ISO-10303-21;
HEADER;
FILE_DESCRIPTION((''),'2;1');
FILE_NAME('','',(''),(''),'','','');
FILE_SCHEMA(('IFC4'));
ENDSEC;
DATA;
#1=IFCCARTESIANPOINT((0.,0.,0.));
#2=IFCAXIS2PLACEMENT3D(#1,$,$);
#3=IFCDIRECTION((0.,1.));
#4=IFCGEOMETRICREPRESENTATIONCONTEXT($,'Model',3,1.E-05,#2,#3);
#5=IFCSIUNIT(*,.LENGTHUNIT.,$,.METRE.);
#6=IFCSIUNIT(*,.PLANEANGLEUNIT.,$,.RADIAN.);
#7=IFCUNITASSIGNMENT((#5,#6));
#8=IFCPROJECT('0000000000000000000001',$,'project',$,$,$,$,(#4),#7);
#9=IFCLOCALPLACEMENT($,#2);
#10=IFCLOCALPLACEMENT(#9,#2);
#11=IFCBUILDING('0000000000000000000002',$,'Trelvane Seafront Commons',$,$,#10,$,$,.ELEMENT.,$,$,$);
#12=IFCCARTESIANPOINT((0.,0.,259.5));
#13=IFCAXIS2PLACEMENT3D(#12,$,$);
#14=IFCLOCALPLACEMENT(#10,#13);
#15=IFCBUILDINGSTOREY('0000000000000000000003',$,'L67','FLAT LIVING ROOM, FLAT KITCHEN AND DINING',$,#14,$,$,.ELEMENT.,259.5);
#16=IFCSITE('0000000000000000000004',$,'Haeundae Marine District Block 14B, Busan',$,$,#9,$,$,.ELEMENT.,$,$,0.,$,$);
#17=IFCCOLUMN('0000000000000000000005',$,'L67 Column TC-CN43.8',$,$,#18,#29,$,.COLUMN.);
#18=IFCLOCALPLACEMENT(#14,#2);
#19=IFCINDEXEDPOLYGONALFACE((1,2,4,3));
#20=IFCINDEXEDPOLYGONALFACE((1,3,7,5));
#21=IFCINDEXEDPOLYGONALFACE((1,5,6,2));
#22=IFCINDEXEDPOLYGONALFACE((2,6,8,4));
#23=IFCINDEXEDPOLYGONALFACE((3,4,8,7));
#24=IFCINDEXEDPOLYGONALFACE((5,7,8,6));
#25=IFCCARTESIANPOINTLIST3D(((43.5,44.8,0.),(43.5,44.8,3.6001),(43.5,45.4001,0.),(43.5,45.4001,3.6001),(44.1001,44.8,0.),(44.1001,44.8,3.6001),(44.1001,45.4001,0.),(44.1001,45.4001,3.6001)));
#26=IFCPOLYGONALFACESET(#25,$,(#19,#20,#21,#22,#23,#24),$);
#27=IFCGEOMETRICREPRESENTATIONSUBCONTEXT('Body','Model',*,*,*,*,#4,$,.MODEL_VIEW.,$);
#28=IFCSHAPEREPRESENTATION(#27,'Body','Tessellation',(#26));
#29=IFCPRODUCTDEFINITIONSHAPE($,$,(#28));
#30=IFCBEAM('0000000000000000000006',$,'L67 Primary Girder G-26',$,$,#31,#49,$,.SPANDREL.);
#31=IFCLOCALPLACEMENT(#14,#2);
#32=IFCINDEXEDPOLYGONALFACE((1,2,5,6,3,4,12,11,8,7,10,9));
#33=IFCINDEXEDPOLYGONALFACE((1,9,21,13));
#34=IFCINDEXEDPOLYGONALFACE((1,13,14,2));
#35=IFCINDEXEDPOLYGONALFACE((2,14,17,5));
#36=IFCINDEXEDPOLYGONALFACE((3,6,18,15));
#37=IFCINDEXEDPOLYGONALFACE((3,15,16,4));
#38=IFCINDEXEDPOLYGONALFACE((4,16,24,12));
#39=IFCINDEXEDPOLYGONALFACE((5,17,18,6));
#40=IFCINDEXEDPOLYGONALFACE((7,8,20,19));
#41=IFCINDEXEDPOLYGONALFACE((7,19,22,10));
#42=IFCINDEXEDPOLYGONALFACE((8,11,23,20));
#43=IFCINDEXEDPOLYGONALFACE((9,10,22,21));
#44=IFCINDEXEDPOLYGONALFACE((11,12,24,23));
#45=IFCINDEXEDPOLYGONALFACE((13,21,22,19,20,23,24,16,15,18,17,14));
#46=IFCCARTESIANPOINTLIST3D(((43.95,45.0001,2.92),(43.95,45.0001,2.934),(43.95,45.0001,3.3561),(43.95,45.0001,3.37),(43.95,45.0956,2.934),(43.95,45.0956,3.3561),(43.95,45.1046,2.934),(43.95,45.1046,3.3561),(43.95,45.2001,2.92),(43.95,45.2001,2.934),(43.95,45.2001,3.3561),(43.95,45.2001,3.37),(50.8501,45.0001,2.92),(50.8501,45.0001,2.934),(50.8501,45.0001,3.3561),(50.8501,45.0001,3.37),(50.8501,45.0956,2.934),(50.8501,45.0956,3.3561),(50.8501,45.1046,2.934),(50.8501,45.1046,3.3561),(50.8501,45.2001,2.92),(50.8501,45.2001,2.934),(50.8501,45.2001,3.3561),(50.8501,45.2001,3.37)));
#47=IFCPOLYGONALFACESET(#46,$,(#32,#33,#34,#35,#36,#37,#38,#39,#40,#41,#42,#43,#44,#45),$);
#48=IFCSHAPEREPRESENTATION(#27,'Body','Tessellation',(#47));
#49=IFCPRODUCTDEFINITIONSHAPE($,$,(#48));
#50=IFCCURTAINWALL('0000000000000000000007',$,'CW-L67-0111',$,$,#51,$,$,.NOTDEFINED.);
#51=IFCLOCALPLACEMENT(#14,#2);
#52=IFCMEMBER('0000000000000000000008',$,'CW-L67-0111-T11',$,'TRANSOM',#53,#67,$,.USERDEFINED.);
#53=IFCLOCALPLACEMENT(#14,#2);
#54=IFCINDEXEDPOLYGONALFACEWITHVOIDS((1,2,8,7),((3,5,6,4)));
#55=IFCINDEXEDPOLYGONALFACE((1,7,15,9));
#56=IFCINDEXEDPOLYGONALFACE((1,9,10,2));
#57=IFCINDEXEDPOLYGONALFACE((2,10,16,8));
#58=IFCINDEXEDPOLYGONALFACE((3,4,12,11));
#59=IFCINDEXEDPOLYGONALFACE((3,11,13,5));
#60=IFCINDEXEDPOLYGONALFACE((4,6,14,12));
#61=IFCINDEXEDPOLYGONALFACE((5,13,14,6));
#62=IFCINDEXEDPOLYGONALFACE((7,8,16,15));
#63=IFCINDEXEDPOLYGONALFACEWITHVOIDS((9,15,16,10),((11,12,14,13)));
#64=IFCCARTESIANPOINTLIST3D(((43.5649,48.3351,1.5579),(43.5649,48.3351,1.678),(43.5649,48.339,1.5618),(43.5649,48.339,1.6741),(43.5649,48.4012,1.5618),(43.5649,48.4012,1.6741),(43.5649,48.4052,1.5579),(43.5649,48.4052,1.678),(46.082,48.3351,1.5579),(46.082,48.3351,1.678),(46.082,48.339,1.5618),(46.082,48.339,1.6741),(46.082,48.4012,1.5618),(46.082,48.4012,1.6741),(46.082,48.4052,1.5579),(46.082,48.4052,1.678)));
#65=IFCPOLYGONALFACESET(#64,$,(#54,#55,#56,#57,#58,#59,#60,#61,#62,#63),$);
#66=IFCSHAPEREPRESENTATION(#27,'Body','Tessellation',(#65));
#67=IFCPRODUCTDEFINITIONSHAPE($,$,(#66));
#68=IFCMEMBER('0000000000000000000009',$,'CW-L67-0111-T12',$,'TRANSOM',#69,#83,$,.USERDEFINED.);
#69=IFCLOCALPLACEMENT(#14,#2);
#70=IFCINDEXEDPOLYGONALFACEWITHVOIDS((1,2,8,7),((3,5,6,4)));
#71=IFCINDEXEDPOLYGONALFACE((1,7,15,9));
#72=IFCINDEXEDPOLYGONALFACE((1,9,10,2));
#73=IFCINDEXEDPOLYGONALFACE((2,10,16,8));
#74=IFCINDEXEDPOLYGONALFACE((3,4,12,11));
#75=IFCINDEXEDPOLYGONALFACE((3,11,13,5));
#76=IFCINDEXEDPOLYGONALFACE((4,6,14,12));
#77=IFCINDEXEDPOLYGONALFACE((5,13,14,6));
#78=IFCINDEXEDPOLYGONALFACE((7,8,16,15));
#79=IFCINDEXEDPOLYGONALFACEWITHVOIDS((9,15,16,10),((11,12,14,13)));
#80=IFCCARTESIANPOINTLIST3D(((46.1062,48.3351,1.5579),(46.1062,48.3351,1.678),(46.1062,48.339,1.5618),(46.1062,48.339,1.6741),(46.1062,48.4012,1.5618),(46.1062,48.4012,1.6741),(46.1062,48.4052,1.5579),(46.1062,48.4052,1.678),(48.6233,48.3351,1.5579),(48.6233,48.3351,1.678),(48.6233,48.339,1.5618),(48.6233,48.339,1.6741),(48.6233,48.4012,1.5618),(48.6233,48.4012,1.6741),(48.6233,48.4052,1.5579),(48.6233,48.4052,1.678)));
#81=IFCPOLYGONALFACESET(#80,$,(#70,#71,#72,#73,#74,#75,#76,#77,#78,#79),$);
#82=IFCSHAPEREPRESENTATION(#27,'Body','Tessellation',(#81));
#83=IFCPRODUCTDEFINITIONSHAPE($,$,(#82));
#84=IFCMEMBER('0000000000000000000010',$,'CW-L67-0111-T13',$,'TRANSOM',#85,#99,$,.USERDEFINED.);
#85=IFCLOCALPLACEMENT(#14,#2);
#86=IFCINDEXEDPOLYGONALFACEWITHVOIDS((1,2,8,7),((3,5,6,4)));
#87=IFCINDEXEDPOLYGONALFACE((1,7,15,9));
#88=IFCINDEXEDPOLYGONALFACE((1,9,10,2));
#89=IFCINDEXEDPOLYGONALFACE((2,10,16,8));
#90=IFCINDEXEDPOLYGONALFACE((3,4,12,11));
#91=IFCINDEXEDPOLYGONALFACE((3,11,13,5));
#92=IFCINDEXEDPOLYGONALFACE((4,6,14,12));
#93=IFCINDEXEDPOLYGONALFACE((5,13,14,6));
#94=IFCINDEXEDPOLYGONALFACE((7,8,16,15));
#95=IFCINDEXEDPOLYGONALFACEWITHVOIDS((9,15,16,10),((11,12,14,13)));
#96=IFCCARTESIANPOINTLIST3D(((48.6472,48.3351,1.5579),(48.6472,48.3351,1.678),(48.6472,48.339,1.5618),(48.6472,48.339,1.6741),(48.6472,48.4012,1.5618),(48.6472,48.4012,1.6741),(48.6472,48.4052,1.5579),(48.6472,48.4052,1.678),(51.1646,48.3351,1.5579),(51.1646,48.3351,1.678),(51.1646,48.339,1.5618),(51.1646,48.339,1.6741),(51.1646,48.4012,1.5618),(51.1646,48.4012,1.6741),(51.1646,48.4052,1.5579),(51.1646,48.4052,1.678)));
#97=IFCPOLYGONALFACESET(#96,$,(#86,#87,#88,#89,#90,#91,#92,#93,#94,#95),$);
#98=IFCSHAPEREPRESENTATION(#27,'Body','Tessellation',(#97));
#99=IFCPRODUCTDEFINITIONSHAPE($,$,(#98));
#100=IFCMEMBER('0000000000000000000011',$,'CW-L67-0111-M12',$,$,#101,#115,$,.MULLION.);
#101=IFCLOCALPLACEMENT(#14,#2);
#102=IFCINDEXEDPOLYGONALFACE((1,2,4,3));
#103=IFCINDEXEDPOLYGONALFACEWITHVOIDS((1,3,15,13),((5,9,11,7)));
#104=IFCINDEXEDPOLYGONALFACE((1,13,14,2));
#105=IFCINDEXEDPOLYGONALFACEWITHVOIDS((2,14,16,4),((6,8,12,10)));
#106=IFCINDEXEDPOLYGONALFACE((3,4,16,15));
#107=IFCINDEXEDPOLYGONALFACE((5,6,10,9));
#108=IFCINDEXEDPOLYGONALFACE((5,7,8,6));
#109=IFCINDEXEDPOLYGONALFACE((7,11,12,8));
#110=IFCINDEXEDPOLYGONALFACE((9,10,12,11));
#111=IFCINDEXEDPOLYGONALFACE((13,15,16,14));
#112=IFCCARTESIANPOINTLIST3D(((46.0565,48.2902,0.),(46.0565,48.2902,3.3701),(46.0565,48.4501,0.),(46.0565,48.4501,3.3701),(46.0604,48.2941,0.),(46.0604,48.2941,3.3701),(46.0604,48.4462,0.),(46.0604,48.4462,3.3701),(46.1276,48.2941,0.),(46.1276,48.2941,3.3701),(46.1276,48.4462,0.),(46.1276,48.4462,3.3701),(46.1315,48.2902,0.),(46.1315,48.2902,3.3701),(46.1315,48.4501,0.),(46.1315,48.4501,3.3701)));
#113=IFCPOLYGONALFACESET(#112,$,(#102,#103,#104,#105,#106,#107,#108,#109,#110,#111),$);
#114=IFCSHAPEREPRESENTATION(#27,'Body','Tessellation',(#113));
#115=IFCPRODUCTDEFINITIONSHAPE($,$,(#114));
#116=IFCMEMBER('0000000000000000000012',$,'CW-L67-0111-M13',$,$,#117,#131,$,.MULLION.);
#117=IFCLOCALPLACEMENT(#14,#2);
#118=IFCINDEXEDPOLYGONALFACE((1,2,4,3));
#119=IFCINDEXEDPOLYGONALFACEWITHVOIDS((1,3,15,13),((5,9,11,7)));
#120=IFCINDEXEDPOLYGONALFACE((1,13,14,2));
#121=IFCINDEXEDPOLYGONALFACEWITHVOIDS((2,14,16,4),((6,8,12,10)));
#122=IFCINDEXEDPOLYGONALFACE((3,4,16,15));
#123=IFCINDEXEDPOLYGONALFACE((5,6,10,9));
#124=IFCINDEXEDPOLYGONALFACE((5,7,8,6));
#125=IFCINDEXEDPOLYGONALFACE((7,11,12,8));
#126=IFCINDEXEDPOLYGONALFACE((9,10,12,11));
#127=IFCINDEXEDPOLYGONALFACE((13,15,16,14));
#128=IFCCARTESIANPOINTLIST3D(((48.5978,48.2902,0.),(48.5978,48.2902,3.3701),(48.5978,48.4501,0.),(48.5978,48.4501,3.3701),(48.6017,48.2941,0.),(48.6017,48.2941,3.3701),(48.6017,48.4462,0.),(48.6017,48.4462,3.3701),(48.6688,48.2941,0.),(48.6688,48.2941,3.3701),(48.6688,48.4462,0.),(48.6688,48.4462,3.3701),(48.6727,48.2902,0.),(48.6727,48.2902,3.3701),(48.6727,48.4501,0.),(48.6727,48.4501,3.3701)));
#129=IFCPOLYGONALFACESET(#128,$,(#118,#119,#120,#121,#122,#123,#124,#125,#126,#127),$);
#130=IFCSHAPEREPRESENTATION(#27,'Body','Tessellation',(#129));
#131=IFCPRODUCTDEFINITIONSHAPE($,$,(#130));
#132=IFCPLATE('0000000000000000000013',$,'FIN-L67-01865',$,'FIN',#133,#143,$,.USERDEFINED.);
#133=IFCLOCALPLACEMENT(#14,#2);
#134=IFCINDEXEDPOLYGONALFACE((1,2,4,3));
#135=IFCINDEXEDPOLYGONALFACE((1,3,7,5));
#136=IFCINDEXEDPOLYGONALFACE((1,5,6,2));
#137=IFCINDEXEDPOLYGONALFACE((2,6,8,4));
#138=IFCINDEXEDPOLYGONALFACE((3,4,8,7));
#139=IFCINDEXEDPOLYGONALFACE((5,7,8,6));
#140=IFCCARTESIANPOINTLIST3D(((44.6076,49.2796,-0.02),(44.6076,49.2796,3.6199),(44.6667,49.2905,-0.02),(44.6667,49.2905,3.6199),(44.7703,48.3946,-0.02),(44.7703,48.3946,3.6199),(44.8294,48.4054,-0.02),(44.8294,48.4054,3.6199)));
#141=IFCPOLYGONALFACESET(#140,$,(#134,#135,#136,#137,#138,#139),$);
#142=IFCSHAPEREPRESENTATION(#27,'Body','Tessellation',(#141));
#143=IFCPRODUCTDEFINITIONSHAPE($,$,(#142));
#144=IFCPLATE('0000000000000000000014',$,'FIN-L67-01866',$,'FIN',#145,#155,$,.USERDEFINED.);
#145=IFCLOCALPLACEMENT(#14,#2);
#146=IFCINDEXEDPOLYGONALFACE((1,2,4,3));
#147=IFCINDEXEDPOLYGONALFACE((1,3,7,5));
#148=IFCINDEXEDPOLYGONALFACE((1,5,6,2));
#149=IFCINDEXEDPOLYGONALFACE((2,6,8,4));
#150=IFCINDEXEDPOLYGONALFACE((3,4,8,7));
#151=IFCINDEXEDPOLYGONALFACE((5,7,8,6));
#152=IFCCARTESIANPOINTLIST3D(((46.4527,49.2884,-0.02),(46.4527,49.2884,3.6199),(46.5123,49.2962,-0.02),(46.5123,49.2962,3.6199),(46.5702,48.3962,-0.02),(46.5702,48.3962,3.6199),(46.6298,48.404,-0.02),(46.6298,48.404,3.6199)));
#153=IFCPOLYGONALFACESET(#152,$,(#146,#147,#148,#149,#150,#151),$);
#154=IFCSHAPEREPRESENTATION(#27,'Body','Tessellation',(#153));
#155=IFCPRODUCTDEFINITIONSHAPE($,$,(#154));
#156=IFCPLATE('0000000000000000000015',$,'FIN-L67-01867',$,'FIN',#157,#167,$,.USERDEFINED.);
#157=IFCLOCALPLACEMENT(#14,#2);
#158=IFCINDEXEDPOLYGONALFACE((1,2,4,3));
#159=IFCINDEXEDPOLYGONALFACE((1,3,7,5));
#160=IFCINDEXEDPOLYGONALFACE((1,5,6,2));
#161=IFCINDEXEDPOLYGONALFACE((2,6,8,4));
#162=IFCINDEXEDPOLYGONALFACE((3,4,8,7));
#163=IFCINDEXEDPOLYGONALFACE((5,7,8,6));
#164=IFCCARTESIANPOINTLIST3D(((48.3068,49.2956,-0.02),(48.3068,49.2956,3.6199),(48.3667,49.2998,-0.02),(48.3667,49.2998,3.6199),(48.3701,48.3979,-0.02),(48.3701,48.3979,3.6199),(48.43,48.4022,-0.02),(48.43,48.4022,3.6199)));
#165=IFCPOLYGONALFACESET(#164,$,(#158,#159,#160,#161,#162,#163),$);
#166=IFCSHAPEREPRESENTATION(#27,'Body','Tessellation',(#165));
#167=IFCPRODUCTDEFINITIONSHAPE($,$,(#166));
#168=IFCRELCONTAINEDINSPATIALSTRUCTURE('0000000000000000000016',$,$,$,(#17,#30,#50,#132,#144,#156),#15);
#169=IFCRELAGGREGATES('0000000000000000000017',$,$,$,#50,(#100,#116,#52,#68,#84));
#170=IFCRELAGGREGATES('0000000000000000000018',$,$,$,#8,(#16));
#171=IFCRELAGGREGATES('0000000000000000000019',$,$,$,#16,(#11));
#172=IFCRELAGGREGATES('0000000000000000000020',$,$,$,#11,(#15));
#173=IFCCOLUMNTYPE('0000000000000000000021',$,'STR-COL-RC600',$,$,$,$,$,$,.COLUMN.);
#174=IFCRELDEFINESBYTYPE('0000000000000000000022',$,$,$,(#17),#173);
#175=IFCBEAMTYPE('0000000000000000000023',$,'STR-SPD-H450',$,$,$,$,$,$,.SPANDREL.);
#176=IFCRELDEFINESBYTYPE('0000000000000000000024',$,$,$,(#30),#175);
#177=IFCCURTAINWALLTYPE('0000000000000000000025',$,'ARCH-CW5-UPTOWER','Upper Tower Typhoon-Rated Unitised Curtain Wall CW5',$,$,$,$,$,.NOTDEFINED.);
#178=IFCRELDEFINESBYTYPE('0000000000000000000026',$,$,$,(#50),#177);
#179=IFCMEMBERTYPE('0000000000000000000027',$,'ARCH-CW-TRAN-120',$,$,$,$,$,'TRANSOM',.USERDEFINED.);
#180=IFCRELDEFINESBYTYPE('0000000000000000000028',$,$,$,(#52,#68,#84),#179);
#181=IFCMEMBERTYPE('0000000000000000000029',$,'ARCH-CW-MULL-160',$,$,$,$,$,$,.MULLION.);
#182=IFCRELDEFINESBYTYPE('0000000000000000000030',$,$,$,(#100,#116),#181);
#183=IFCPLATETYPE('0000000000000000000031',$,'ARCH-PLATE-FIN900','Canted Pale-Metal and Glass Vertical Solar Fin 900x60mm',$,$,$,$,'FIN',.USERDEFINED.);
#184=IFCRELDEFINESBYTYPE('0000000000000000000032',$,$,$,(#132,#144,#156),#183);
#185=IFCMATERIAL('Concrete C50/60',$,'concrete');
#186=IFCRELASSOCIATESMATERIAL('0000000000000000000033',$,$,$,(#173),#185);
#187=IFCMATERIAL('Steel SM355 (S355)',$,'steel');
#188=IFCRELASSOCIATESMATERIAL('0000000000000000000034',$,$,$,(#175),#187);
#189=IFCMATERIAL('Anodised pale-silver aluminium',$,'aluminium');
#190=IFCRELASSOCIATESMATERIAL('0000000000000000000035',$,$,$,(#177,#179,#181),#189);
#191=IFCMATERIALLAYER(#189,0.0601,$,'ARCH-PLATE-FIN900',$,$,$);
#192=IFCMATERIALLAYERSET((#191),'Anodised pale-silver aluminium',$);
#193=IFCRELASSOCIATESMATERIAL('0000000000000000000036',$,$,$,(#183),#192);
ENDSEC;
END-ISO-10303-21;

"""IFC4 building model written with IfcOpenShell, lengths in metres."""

from ifc_helpers import new_model, si_unit, direction, frame, origin, origin_2d, place, context, subcontext, project, spatial, rectangle, hollow_rectangle, i_section, extrude, source, transform, mapped, material, layer, layer_set, material_profile, profile_set, type_object, element, aggregate, save


model = new_model("IFC4")

# Units and contexts
model_context = context("Model", 3, precision=1e-05, world=origin(), true_north=direction((0.0, 1.0)))
body_context = subcontext(model_context, "Body", "Model", "MODEL_VIEW")
ifc_project = project(units=[si_unit("LENGTHUNIT", "METRE"), si_unit("PLANEANGLEUNIT", "RADIAN")], contexts=[model_context])

# Site, building, storey
site_placement = place(None, origin())
site = spatial("IfcSite", under=ifc_project, at=site_placement, Name="Haeundae Marine District Block 14B, Busan", CompositionType="ELEMENT", RefElevation=0.0)
building_placement = place(site_placement, origin())
building = spatial("IfcBuilding", under=site, at=building_placement, Name="Trelvane Seafront Commons", CompositionType="ELEMENT")
storey_placement = place(building_placement, frame((0.0, 0.0, 259.5)))
storey = spatial("IfcBuildingStorey", under=building, at=storey_placement, Name="L67", Description="FLAT LIVING ROOM, FLAT KITCHEN AND DINING", CompositionType="ELEMENT", Elevation=259.5)

# Column
ifc_material_1 = material(Name="Concrete C50/60", Category="concrete")
ifc_material_profile_1 = material_profile(ifc_material_1, rectangle(XDim=0.6001, YDim=0.6001, at=origin_2d()), Name="RC-600x600")
ifc_profile_set_1 = profile_set([ifc_material_profile_1], Name="Concrete C50/60")
column_type = type_object("IfcColumnType", Name="STR-COL-RC600", PredefinedType="COLUMN", material=ifc_profile_set_1)
shared_shape_1 = source(origin(), body_context, "Body", "SweptSolid", [
    extrude(rectangle(XDim=0.6001, YDim=0.6001, at=origin_2d()), origin(), (0.0, 0.0, 1.0), 3.6001),
])
column_placement = place(storey_placement, frame((43.8, 45.1001, 0.0), z_axis=(0.0, 0.0, 1.0), x_axis=(1.0, 0.0, 0.0)))
element("IfcColumn", 1, at=column_placement, inside=storey, type_object=column_type, Name="L67 Column TC-CN43.8", PredefinedType="COLUMN", context=body_context, shape_type="MappedRepresentation", body=[
    mapped(shared_shape_1, transform((0.0, 0.0, 0.0), x_axis=(1.0, 0.0, 0.0), y_axis=(0.0, 1.0, 0.0), z_axis=(0.0, 0.0, 1.0), scale=1.0)),
])

# Beam
ifc_material_2 = material(Name="Steel SM355 (S355)", Category="steel")
ifc_material_profile_2 = material_profile(ifc_material_2, i_section(OverallWidth=0.2, OverallDepth=0.45, WebThickness=0.009, FlangeThickness=0.0139, at=origin_2d()), Name="H-450x200x9x14")
ifc_profile_set_2 = profile_set([ifc_material_profile_2], Name="Steel SM355 (S355)")
beam_type = type_object("IfcBeamType", Name="STR-SPD-H450", PredefinedType="SPANDREL", material=ifc_profile_set_2)
shared_shape_2 = source(origin(), body_context, "Body", "SweptSolid", [
    extrude(i_section(OverallWidth=0.2, OverallDepth=0.45, WebThickness=0.009, FlangeThickness=0.0139, at=origin_2d()), origin(), (0.0, 0.0, 1.0), 6.9001),
])
beam_placement = place(storey_placement, frame((43.95, 45.1001, 3.145), z_axis=(1.0, 0.0, 0.0), x_axis=(0.0, 1.0, 0.0)))
element("IfcBeam", 2, at=beam_placement, inside=storey, type_object=beam_type, Name="L67 Primary Girder G-26", PredefinedType="SPANDREL", context=body_context, shape_type="MappedRepresentation", body=[
    mapped(shared_shape_2, transform((0.0, 0.0, 0.0), x_axis=(1.0, 0.0, 0.0), y_axis=(0.0, 1.0, 0.0), z_axis=(0.0, 0.0, 1.0), scale=1.0)),
])

# Curtain wall, members
ifc_material_3 = material(Name="Anodised pale-silver aluminium", Category="aluminium")
curtain_wall_type = type_object("IfcCurtainWallType", Name="ARCH-CW5-UPTOWER", Description="Upper Tower Typhoon-Rated Unitised Curtain Wall CW5", PredefinedType="NOTDEFINED", material=ifc_material_3)
curtain_wall_placement = place(storey_placement, origin())
curtain_wall = element("IfcCurtainWall", 3, at=curtain_wall_placement, inside=storey, type_object=curtain_wall_type, Name="CW-L67-0111", PredefinedType="NOTDEFINED")
ifc_material_profile_3 = material_profile(ifc_material_3, hollow_rectangle(XDim=0.0701, YDim=0.1201, WallThickness=0.0039, at=origin_2d()), Name="TRAN-70x120x4")
ifc_profile_set_3 = profile_set([ifc_material_profile_3], Name="Anodised pale-silver aluminium")
member_type_1 = type_object("IfcMemberType", Name="ARCH-CW-TRAN-120", ElementType="TRANSOM", PredefinedType="USERDEFINED", material=ifc_profile_set_3)
shared_shape_3 = source(origin(), body_context, "Body", "SweptSolid", [
    extrude(hollow_rectangle(XDim=0.0701, YDim=0.1201, WallThickness=0.0039, at=origin_2d()), origin(), (0.0, 0.0, 1.0), 2.5171),
])
member_1_placement = place(storey_placement, frame((43.5649, 48.3701, 1.6179), z_axis=(1.0, 0.0, 0.0), x_axis=(0.0, 1.0, 0.0)))
member_1 = element("IfcMember", 4, at=member_1_placement, type_object=member_type_1, Name="CW-L67-0111-T11", ObjectType="TRANSOM", PredefinedType="USERDEFINED", context=body_context, shape_type="MappedRepresentation", body=[
    mapped(shared_shape_3, transform((0.0, 0.0, 0.0), x_axis=(1.0, 0.0, 0.0), y_axis=(0.0, 1.0, 0.0), z_axis=(0.0, 0.0, 1.0), scale=1.0)),
])
member_2_placement = place(storey_placement, frame((46.1062, 48.3701, 1.6179), z_axis=(1.0, 0.0, 0.0), x_axis=(0.0, 1.0, 0.0)))
member_2 = element("IfcMember", 5, at=member_2_placement, type_object=member_type_1, Name="CW-L67-0111-T12", ObjectType="TRANSOM", PredefinedType="USERDEFINED", context=body_context, shape_type="MappedRepresentation", body=[
    mapped(shared_shape_3, transform((0.0, 0.0, 0.0), x_axis=(1.0, 0.0, 0.0), y_axis=(0.0, 1.0, 0.0), z_axis=(0.0, 0.0, 1.0), scale=1.0)),
])
shared_shape_4 = source(origin(), body_context, "Body", "SweptSolid", [
    extrude(hollow_rectangle(XDim=0.0701, YDim=0.1201, WallThickness=0.0039, at=origin_2d()), origin(), (0.0, 0.0, 1.0), 2.5173),
])
member_3_placement = place(storey_placement, frame((48.6472, 48.3701, 1.6179), z_axis=(1.0, 0.0, 0.0), x_axis=(0.0, 1.0, 0.0)))
member_3 = element("IfcMember", 6, at=member_3_placement, type_object=member_type_1, Name="CW-L67-0111-T13", ObjectType="TRANSOM", PredefinedType="USERDEFINED", context=body_context, shape_type="MappedRepresentation", body=[
    mapped(shared_shape_4, transform((0.0, 0.0, 0.0), x_axis=(1.0, 0.0, 0.0), y_axis=(0.0, 1.0, 0.0), z_axis=(0.0, 0.0, 1.0), scale=1.0)),
])
ifc_material_profile_4 = material_profile(ifc_material_3, hollow_rectangle(XDim=0.075, YDim=0.1599, WallThickness=0.0039, at=origin_2d()), Name="MULL-75x160x4")
ifc_profile_set_4 = profile_set([ifc_material_profile_4], Name="Anodised pale-silver aluminium")
member_type_2 = type_object("IfcMemberType", Name="ARCH-CW-MULL-160", PredefinedType="MULLION", material=ifc_profile_set_4)
shared_shape_5 = source(origin(), body_context, "Body", "SweptSolid", [
    extrude(hollow_rectangle(XDim=0.075, YDim=0.1599, WallThickness=0.0039, at=origin_2d()), origin(), (0.0, 0.0, 1.0), 3.3701),
])
member_4_placement = place(storey_placement, frame((46.094, 48.3701, 0.0), z_axis=(0.0, 0.0, 1.0), x_axis=(1.0, 0.0, 0.0)))
member_4 = element("IfcMember", 7, at=member_4_placement, type_object=member_type_2, Name="CW-L67-0111-M12", PredefinedType="MULLION", context=body_context, shape_type="MappedRepresentation", body=[
    mapped(shared_shape_5, transform((0.0, 0.0, 0.0), x_axis=(1.0, 0.0, 0.0), y_axis=(0.0, 1.0, 0.0), z_axis=(0.0, 0.0, 1.0), scale=1.0)),
])
member_5_placement = place(storey_placement, frame((48.6353, 48.3701, 0.0), z_axis=(0.0, 0.0, 1.0), x_axis=(1.0, 0.0, 0.0)))
member_5 = element("IfcMember", 8, at=member_5_placement, type_object=member_type_2, Name="CW-L67-0111-M13", PredefinedType="MULLION", context=body_context, shape_type="MappedRepresentation", body=[
    mapped(shared_shape_5, transform((0.0, 0.0, 0.0), x_axis=(1.0, 0.0, 0.0), y_axis=(0.0, 1.0, 0.0), z_axis=(0.0, 0.0, 1.0), scale=1.0)),
])

# Plates
ifc_layer_1 = layer(ifc_material_3, 0.0601, Name="ARCH-PLATE-FIN900")
ifc_layer_set_1 = layer_set([ifc_layer_1], Name="Anodised pale-silver aluminium")
plate_type_1 = type_object("IfcPlateType", Name="ARCH-PLATE-FIN900", Description="Canted Pale-Metal and Glass Vertical Solar Fin 900x60mm", ElementType="FIN", PredefinedType="USERDEFINED", material=ifc_layer_set_1)
shared_shape_6 = source(origin(), body_context, "Body", "SweptSolid", [
    extrude(rectangle(XDim=0.8999, YDim=0.0601, at=origin_2d()), origin(), (0.0, 0.0, 1.0), 3.6399),
])
for number, where, z_axis, x_axis, name in (
    (9, (44.7185, 48.8425, -0.02), (0.0, 0.0, 1.0), (-0.180771, 0.983525, 0.0), "FIN-L67-01865"),
    (10, (46.5413, 48.8462, -0.02), (0.0, 0.0, 1.0), (-0.130556, 0.991441, 0.0), "FIN-L67-01866"),
    (11, (48.3684, 48.8489, -0.02), (0.0, 0.0, 1.0), (-0.070331, 0.997524, 0.0), "FIN-L67-01867"),
):
    element("IfcPlate", number, at=place(storey_placement, frame(where, z_axis=z_axis, x_axis=x_axis)), inside=storey, type_object=plate_type_1, Name=name, ObjectType="FIN", PredefinedType="USERDEFINED", context=body_context, shape_type="MappedRepresentation", body=[
        mapped(shared_shape_6, transform((0.0, 0.0, 0.0), x_axis=(1.0, 0.0, 0.0), y_axis=(0.0, 1.0, 0.0), z_axis=(0.0, 0.0, 1.0), scale=1.0)),
    ])

aggregate(curtain_wall, [member_4, member_5, member_1, member_2, member_3])

save(model, "model.ifc")
